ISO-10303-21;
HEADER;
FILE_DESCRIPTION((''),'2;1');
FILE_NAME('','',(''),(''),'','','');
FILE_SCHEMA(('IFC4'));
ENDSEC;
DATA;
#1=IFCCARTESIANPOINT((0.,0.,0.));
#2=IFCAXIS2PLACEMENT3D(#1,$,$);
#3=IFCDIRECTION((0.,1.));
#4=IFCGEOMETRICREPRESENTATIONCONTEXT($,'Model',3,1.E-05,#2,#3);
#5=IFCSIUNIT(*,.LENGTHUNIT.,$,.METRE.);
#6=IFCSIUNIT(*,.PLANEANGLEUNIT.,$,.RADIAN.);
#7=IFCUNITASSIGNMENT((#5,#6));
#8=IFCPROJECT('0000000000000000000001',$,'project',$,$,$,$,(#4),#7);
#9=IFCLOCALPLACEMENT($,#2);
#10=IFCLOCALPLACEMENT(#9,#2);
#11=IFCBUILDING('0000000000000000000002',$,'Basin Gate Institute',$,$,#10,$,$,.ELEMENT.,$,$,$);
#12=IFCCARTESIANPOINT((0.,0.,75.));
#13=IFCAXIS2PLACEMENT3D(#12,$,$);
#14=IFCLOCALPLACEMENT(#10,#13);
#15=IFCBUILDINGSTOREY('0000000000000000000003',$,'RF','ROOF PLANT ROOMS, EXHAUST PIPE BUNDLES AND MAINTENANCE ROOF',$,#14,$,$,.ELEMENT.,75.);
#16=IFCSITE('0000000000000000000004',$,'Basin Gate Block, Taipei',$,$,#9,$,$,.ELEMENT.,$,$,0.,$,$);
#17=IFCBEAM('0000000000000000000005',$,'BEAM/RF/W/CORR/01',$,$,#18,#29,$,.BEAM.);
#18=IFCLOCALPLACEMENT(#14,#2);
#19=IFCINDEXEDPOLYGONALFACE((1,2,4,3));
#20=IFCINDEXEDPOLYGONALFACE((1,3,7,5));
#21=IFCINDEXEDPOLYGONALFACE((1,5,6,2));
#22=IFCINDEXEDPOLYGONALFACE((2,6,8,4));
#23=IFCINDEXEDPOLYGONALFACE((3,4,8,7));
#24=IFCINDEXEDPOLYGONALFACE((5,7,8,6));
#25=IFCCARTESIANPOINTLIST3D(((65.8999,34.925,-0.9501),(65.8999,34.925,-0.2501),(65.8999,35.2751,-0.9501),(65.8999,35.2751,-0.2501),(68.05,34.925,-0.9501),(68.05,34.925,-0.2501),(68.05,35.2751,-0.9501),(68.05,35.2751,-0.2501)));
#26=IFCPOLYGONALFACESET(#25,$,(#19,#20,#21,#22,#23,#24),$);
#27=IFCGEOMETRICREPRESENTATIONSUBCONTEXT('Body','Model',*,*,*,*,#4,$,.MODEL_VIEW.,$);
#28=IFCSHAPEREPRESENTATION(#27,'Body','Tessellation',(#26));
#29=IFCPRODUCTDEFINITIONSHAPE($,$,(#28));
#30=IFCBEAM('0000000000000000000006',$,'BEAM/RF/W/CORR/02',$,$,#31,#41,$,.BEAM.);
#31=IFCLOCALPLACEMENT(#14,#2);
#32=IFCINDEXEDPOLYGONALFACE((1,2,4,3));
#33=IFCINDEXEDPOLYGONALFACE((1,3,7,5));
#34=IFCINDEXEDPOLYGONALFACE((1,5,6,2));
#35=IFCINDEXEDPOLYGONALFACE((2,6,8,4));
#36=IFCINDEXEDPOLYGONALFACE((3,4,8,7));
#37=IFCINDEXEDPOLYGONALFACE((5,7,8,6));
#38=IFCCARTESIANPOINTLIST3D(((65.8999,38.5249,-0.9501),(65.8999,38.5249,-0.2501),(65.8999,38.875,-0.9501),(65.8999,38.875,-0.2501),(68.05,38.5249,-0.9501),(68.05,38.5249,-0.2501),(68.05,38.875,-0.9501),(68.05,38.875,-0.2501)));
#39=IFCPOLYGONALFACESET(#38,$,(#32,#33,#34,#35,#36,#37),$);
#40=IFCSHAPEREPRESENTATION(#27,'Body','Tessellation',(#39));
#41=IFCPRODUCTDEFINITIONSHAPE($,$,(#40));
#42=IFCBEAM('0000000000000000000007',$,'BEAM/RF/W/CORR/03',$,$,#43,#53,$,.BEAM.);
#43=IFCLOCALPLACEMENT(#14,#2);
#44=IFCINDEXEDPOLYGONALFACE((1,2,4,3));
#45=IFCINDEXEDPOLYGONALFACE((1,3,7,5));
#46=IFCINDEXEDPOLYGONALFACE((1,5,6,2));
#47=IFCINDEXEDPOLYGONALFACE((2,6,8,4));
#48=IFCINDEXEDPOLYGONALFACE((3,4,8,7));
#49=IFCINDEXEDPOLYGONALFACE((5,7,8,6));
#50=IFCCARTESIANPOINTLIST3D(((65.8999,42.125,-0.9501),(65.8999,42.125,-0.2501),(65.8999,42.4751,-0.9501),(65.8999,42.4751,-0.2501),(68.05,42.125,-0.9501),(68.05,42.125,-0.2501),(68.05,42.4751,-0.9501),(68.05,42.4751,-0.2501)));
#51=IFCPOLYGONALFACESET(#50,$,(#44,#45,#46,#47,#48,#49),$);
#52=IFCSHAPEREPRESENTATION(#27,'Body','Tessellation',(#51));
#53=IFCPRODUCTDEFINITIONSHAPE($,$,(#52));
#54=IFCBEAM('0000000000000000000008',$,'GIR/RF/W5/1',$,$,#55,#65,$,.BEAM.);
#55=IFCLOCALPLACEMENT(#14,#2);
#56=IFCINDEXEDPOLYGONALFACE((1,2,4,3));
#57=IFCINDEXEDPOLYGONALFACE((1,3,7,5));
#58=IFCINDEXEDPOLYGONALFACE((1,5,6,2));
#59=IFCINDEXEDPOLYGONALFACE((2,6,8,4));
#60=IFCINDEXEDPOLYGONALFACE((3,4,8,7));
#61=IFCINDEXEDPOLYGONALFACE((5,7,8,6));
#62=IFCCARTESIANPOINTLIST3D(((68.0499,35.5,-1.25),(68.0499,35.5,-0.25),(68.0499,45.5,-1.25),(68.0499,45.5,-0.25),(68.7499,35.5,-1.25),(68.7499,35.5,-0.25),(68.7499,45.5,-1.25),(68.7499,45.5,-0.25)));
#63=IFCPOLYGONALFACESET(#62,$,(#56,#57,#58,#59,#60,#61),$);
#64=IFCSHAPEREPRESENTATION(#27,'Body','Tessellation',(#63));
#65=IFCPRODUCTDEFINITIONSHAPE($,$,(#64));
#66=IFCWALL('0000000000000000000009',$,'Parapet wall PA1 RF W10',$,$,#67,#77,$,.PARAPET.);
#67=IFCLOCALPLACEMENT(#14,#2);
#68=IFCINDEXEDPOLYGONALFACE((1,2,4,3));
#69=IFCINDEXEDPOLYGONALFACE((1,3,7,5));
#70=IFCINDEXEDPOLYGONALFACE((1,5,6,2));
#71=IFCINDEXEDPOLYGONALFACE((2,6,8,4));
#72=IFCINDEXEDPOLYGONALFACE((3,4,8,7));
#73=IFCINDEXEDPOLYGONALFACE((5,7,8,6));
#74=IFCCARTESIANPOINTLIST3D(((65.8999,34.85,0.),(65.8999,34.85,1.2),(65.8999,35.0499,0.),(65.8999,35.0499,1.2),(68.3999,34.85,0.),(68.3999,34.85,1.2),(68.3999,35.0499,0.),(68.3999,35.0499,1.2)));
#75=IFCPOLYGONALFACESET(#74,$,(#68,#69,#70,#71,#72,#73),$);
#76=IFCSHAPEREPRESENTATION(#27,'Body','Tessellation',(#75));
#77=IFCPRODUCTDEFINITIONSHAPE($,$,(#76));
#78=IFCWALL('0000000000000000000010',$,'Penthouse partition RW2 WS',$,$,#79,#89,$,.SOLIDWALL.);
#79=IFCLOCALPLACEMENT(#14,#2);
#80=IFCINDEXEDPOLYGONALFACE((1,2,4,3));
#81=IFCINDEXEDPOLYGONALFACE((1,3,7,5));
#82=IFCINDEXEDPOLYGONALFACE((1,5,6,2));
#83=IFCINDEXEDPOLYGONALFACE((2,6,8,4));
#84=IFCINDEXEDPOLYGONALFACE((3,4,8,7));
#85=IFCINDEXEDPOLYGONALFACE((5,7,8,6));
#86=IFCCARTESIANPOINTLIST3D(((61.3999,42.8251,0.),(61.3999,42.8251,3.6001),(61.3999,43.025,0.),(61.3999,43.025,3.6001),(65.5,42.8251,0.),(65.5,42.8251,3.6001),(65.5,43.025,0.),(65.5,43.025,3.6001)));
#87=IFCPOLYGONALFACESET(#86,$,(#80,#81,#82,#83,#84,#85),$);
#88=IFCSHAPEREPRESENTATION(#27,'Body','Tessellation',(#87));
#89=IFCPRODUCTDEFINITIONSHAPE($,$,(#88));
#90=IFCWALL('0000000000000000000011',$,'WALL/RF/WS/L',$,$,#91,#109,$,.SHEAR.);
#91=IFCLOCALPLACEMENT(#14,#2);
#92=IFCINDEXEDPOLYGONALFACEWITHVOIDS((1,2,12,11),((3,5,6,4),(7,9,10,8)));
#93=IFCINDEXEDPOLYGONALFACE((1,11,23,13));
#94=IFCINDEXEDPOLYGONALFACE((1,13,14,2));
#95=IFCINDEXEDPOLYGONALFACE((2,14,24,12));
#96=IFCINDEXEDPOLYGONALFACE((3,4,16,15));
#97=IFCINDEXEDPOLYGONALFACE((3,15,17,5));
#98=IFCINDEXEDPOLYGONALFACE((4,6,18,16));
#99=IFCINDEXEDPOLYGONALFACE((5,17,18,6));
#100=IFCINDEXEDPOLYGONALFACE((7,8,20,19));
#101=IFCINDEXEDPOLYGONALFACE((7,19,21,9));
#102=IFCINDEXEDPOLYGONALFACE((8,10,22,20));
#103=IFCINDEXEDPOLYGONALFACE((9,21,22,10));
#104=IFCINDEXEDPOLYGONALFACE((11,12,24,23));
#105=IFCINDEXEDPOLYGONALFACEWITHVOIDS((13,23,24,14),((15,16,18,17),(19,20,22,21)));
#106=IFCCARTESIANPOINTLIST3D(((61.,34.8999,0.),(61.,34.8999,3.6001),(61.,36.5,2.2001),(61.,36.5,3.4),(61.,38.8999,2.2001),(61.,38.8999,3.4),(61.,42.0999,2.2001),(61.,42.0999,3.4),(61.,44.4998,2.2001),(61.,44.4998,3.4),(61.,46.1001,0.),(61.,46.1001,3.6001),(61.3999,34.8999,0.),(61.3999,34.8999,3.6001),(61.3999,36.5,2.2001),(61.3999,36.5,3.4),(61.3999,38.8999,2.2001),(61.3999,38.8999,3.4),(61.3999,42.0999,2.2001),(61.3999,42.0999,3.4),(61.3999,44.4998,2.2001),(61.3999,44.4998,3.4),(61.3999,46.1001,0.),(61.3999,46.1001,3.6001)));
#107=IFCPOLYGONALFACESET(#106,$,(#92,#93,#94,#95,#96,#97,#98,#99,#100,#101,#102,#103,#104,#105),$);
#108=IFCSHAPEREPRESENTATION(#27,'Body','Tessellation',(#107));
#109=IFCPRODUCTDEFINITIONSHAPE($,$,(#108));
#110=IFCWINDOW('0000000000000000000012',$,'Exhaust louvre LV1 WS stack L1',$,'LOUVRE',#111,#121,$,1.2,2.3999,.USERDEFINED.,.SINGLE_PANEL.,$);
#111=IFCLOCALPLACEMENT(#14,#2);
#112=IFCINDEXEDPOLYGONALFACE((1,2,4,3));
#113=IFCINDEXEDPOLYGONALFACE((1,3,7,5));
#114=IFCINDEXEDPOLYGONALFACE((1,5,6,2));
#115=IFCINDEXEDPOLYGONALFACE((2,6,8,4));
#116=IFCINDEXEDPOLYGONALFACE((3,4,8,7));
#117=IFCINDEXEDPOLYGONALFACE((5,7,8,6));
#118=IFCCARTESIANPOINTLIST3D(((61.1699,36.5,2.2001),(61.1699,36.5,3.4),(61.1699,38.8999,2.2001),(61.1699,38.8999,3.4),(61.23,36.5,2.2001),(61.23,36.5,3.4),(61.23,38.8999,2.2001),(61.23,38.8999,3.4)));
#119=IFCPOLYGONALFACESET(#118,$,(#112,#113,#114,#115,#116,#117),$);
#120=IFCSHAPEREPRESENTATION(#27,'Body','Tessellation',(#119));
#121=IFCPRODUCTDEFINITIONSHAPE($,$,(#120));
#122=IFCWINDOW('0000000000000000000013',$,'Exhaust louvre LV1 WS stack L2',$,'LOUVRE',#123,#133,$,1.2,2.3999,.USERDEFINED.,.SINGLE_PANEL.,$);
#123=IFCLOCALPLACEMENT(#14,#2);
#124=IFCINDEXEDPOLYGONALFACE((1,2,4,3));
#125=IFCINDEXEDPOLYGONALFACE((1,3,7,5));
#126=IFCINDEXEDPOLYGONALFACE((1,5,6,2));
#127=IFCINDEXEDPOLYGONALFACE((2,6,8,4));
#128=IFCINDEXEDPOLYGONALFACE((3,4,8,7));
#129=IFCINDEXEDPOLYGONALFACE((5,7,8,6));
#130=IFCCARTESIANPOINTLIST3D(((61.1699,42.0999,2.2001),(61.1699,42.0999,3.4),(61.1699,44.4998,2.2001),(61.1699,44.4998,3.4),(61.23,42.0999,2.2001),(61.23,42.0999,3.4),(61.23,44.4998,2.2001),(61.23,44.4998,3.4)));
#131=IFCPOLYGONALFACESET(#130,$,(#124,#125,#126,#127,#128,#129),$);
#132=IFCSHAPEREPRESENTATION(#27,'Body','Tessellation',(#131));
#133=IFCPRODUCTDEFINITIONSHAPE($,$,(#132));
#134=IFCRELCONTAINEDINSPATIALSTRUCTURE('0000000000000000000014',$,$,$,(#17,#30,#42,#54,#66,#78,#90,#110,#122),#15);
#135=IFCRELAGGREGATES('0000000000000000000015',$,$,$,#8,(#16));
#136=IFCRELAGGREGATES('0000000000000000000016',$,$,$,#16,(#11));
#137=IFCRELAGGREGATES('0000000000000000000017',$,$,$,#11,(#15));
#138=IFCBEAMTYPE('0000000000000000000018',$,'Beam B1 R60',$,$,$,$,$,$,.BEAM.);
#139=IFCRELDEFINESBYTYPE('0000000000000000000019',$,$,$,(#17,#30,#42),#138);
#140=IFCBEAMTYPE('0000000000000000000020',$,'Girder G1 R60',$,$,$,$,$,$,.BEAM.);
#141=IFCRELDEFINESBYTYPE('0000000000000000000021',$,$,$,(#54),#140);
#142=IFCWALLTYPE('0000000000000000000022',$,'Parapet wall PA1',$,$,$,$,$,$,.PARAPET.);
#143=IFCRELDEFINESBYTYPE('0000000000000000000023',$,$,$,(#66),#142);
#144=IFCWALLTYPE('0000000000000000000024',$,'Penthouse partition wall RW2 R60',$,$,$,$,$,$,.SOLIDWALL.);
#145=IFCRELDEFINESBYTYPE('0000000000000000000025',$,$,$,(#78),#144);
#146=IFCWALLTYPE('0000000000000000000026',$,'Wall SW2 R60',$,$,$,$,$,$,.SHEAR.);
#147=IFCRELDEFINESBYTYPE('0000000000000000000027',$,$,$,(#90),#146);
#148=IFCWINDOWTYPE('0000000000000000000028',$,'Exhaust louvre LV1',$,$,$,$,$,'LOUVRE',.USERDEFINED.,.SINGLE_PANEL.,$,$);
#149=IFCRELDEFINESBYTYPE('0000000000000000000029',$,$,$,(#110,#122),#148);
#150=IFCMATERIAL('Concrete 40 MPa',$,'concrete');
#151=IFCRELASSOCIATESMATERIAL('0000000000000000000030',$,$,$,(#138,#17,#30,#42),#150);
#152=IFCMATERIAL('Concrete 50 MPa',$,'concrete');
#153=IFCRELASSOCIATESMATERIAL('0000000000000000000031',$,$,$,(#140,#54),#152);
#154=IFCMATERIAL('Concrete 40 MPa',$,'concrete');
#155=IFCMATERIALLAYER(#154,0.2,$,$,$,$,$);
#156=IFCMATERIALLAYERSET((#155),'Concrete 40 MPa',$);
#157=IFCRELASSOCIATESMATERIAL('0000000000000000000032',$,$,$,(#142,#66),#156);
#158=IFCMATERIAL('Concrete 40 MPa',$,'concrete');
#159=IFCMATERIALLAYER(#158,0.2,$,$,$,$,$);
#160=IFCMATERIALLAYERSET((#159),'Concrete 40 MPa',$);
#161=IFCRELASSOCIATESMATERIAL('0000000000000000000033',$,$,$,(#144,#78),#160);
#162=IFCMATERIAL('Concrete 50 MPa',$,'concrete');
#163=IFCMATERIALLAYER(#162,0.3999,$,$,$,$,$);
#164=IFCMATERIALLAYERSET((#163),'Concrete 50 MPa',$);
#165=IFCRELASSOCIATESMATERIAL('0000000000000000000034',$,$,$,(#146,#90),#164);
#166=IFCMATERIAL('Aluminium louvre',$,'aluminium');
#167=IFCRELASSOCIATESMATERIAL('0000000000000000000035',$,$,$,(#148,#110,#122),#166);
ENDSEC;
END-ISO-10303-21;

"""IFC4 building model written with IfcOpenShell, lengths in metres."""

from ifc_helpers import new_model, si_unit, direction, frame, frame_2d, origin, origin_2d, place, context, subcontext, project, spatial, rectangle, extrude, material, layer, layer_set, material_profile, profile_set, type_object, element, fill, save


model = new_model("IFC4")

# Units and contexts
model_context = context("Model", 3, precision=1e-05, world=origin(), true_north=direction((0.0, 1.0)))
body_context = subcontext(model_context, "Body", "Model", "MODEL_VIEW")
ifc_project = project(units=[si_unit("LENGTHUNIT", "METRE"), si_unit("PLANEANGLEUNIT", "RADIAN")], contexts=[model_context])

# Site, building, storey
site_placement = place(None, origin())
site = spatial("IfcSite", under=ifc_project, at=site_placement, Name="Basin Gate Block, Taipei", CompositionType="ELEMENT", RefElevation=0.0)
building_placement = place(site_placement, origin())
building = spatial("IfcBuilding", under=site, at=building_placement, Name="Basin Gate Institute", CompositionType="ELEMENT")
storey_placement = place(building_placement, frame((0.0, 0.0, 75.0)))
storey = spatial("IfcBuildingStorey", under=building, at=storey_placement, Name="RF", Description="ROOF PLANT ROOMS, EXHAUST PIPE BUNDLES AND MAINTENANCE ROOF", CompositionType="ELEMENT", Elevation=75.0)

# Beams
ifc_material_1 = material(Name="Concrete 40 MPa", Category="concrete")
ifc_material_profile_1 = material_profile(ifc_material_1, rectangle(XDim=0.3501, YDim=0.7, at=origin_2d()), Name="Beam B1 350 x 700")
ifc_profile_set_1 = profile_set([ifc_material_profile_1], Name="Concrete 40 MPa")
beam_type_1 = type_object("IfcBeamType", Name="Beam B1 R60", PredefinedType="BEAM", material=ifc_profile_set_1)
for number, where, z_axis, x_axis, name in (
    (1, (65.8999, 35.1001, -0.6001), (1.0, 0.0, 0.0), (0.0, 1.0, 0.0), "BEAM/RF/W/CORR/01"),
    (2, (65.8999, 38.7, -0.6001), (1.0, 0.0, 0.0), (0.0, 1.0, 0.0), "BEAM/RF/W/CORR/02"),
    (3, (65.8999, 42.3, -0.6001), (1.0, 0.0, 0.0), (0.0, 1.0, 0.0), "BEAM/RF/W/CORR/03"),
):
    element("IfcBeam", number, at=place(storey_placement, frame(where, z_axis=z_axis, x_axis=x_axis)), inside=storey, type_object=beam_type_1, material=ifc_profile_set_1, Name=name, PredefinedType="BEAM", context=body_context, shape_type="SweptSolid", body=[
        extrude(rectangle(XDim=0.3501, YDim=0.7, at=origin_2d()), origin(), (0.0, 0.0, 1.0), 2.1501),
    ])
ifc_material_2 = material(Name="Concrete 50 MPa", Category="concrete")
ifc_material_profile_2 = material_profile(ifc_material_2, rectangle(XDim=0.7, YDim=1.0, at=origin_2d()), Name="Girder G1 700 x 1000")
ifc_profile_set_2 = profile_set([ifc_material_profile_2], Name="Concrete 50 MPa")
beam_type_2 = type_object("IfcBeamType", Name="Girder G1 R60", PredefinedType="BEAM", material=ifc_profile_set_2)
beam_placement = place(storey_placement, frame((68.3999, 35.5, -0.75), z_axis=(0.0, 1.0, 0.0), x_axis=(-1.0, 0.0, 0.0)))
element("IfcBeam", 4, at=beam_placement, inside=storey, type_object=beam_type_2, material=ifc_profile_set_2, Name="GIR/RF/W5/1", PredefinedType="BEAM", context=body_context, shape_type="SweptSolid", body=[
    extrude(rectangle(XDim=0.7, YDim=1.0, at=origin_2d()), origin(), (0.0, 0.0, 1.0), 10.0),
])

# Walls
ifc_material_3 = material(Name="Concrete 40 MPa", Category="concrete")
ifc_layer_1 = layer(ifc_material_3, 0.2)
ifc_layer_set_1 = layer_set([ifc_layer_1], Name="Concrete 40 MPa")
wall_type_1 = type_object("IfcWallType", Name="Parapet wall PA1", PredefinedType="PARAPET", material=ifc_layer_set_1)
wall_1_placement = place(storey_placement, frame((68.3999, 34.95, 0.0), z_axis=(0.0, 0.0, 1.0), x_axis=(-1.0, 0.0, 0.0)))
element("IfcWall", 5, at=wall_1_placement, inside=storey, type_object=wall_type_1, material=ifc_layer_set_1, Name="Parapet wall PA1 RF W10", PredefinedType="PARAPET", context=body_context, shape_type="SweptSolid", body=[
    extrude(rectangle(XDim=2.5, YDim=0.2, at=frame_2d((1.25, 0.0))), origin(), (0.0, 0.0, 1.0), 1.2),
])
ifc_material_4 = material(Name="Concrete 40 MPa", Category="concrete")
ifc_layer_2 = layer(ifc_material_4, 0.2)
ifc_layer_set_2 = layer_set([ifc_layer_2], Name="Concrete 40 MPa")
wall_type_2 = type_object("IfcWallType", Name="Penthouse partition wall RW2 R60", PredefinedType="SOLIDWALL", material=ifc_layer_set_2)
wall_2_placement = place(storey_placement, frame((61.3999, 42.925, 0.0), z_axis=(0.0, 0.0, 1.0), x_axis=(1.0, 0.0, 0.0)))
element("IfcWall", 6, at=wall_2_placement, inside=storey, type_object=wall_type_2, material=ifc_layer_set_2, Name="Penthouse partition RW2 WS", PredefinedType="SOLIDWALL", context=body_context, shape_type="SweptSolid", body=[
    extrude(rectangle(XDim=4.1001, YDim=0.2, at=frame_2d((2.05, 0.0))), origin(), (0.0, 0.0, 1.0), 3.6001),
])

# Wall, openings, windows
ifc_material_5 = material(Name="Concrete 50 MPa", Category="concrete")
ifc_layer_3 = layer(ifc_material_5, 0.3999)
ifc_layer_set_3 = layer_set([ifc_layer_3], Name="Concrete 50 MPa")
wall_type_3 = type_object("IfcWallType", Name="Wall SW2 R60", PredefinedType="SHEAR", material=ifc_layer_set_3)
wall_3_placement = place(storey_placement, frame((61.2, 34.8999, 0.0), z_axis=(0.0, 0.0, 1.0), x_axis=(0.0, 1.0, 0.0)))
wall_3 = element("IfcWall", 7, at=wall_3_placement, inside=storey, type_object=wall_type_3, material=ifc_layer_set_3, Name="WALL/RF/WS/L", PredefinedType="SHEAR", context=body_context, shape_type="SweptSolid", body=[
    extrude(rectangle(XDim=11.2002, YDim=0.3999, at=frame_2d((5.6001, 0.0))), origin(), (0.0, 0.0, 1.0), 3.6001),
])
opening_1_placement = place(wall_3_placement, frame((1.6001, 0.0, 2.2)))
opening_1 = element("IfcOpeningElement", 8, at=opening_1_placement, cuts=wall_3, PredefinedType="OPENING", context=body_context, shape_type="SweptSolid", body=[
    extrude(rectangle(XDim=2.3999, YDim=1.2, at=frame_2d((1.2, 0.6001))), frame((0.0, 0.21, 0.0), z_axis=(0.0, -1.0, 0.0), x_axis=(1.0, 0.0, 0.0)), (0.0, 0.0, 1.0), 0.4199),
])
opening_2_placement = place(wall_3_placement, frame((7.2, 0.0, 2.2)))
opening_2 = element("IfcOpeningElement", 9, at=opening_2_placement, cuts=wall_3, PredefinedType="OPENING", context=body_context, shape_type="SweptSolid", body=[
    extrude(rectangle(XDim=2.3999, YDim=1.2, at=frame_2d((1.2, 0.6001))), frame((0.0, 0.21, 0.0), z_axis=(0.0, -1.0, 0.0), x_axis=(1.0, 0.0, 0.0)), (0.0, 0.0, 1.0), 0.4199),
])
ifc_material_6 = material(Name="Aluminium louvre", Category="aluminium")
window_type = type_object("IfcWindowType", Name="Exhaust louvre LV1", ElementType="LOUVRE", PartitioningType="SINGLE_PANEL", PredefinedType="USERDEFINED", material=ifc_material_6)
window_1_placement = place(opening_1_placement, origin())
window_1 = element("IfcWindow", 10, at=window_1_placement, inside=storey, type_object=window_type, material=ifc_material_6, Name="Exhaust louvre LV1 WS stack L1", ObjectType="LOUVRE", OverallHeight=1.2, OverallWidth=2.3999, PartitioningType="SINGLE_PANEL", PredefinedType="USERDEFINED", context=body_context, shape_type="SweptSolid", body=[
    extrude(rectangle(XDim=2.3999, YDim=1.2, at=frame_2d((1.2, 0.6001))), frame((0.0, 0.03, 0.0), z_axis=(0.0, -1.0, 0.0), x_axis=(1.0, 0.0, 0.0)), (0.0, 0.0, 1.0), 0.0601),
])
fill(opening_1, window_1)
window_2_placement = place(opening_2_placement, origin())
window_2 = element("IfcWindow", 11, at=window_2_placement, inside=storey, type_object=window_type, material=ifc_material_6, Name="Exhaust louvre LV1 WS stack L2", ObjectType="LOUVRE", OverallHeight=1.2, OverallWidth=2.3999, PartitioningType="SINGLE_PANEL", PredefinedType="USERDEFINED", context=body_context, shape_type="SweptSolid", body=[
    extrude(rectangle(XDim=2.3999, YDim=1.2, at=frame_2d((1.2, 0.6001))), frame((0.0, 0.03, 0.0), z_axis=(0.0, -1.0, 0.0), x_axis=(1.0, 0.0, 0.0)), (0.0, 0.0, 1.0), 0.0601),
])
fill(opening_2, window_2)

save(model, "model.ifc")
